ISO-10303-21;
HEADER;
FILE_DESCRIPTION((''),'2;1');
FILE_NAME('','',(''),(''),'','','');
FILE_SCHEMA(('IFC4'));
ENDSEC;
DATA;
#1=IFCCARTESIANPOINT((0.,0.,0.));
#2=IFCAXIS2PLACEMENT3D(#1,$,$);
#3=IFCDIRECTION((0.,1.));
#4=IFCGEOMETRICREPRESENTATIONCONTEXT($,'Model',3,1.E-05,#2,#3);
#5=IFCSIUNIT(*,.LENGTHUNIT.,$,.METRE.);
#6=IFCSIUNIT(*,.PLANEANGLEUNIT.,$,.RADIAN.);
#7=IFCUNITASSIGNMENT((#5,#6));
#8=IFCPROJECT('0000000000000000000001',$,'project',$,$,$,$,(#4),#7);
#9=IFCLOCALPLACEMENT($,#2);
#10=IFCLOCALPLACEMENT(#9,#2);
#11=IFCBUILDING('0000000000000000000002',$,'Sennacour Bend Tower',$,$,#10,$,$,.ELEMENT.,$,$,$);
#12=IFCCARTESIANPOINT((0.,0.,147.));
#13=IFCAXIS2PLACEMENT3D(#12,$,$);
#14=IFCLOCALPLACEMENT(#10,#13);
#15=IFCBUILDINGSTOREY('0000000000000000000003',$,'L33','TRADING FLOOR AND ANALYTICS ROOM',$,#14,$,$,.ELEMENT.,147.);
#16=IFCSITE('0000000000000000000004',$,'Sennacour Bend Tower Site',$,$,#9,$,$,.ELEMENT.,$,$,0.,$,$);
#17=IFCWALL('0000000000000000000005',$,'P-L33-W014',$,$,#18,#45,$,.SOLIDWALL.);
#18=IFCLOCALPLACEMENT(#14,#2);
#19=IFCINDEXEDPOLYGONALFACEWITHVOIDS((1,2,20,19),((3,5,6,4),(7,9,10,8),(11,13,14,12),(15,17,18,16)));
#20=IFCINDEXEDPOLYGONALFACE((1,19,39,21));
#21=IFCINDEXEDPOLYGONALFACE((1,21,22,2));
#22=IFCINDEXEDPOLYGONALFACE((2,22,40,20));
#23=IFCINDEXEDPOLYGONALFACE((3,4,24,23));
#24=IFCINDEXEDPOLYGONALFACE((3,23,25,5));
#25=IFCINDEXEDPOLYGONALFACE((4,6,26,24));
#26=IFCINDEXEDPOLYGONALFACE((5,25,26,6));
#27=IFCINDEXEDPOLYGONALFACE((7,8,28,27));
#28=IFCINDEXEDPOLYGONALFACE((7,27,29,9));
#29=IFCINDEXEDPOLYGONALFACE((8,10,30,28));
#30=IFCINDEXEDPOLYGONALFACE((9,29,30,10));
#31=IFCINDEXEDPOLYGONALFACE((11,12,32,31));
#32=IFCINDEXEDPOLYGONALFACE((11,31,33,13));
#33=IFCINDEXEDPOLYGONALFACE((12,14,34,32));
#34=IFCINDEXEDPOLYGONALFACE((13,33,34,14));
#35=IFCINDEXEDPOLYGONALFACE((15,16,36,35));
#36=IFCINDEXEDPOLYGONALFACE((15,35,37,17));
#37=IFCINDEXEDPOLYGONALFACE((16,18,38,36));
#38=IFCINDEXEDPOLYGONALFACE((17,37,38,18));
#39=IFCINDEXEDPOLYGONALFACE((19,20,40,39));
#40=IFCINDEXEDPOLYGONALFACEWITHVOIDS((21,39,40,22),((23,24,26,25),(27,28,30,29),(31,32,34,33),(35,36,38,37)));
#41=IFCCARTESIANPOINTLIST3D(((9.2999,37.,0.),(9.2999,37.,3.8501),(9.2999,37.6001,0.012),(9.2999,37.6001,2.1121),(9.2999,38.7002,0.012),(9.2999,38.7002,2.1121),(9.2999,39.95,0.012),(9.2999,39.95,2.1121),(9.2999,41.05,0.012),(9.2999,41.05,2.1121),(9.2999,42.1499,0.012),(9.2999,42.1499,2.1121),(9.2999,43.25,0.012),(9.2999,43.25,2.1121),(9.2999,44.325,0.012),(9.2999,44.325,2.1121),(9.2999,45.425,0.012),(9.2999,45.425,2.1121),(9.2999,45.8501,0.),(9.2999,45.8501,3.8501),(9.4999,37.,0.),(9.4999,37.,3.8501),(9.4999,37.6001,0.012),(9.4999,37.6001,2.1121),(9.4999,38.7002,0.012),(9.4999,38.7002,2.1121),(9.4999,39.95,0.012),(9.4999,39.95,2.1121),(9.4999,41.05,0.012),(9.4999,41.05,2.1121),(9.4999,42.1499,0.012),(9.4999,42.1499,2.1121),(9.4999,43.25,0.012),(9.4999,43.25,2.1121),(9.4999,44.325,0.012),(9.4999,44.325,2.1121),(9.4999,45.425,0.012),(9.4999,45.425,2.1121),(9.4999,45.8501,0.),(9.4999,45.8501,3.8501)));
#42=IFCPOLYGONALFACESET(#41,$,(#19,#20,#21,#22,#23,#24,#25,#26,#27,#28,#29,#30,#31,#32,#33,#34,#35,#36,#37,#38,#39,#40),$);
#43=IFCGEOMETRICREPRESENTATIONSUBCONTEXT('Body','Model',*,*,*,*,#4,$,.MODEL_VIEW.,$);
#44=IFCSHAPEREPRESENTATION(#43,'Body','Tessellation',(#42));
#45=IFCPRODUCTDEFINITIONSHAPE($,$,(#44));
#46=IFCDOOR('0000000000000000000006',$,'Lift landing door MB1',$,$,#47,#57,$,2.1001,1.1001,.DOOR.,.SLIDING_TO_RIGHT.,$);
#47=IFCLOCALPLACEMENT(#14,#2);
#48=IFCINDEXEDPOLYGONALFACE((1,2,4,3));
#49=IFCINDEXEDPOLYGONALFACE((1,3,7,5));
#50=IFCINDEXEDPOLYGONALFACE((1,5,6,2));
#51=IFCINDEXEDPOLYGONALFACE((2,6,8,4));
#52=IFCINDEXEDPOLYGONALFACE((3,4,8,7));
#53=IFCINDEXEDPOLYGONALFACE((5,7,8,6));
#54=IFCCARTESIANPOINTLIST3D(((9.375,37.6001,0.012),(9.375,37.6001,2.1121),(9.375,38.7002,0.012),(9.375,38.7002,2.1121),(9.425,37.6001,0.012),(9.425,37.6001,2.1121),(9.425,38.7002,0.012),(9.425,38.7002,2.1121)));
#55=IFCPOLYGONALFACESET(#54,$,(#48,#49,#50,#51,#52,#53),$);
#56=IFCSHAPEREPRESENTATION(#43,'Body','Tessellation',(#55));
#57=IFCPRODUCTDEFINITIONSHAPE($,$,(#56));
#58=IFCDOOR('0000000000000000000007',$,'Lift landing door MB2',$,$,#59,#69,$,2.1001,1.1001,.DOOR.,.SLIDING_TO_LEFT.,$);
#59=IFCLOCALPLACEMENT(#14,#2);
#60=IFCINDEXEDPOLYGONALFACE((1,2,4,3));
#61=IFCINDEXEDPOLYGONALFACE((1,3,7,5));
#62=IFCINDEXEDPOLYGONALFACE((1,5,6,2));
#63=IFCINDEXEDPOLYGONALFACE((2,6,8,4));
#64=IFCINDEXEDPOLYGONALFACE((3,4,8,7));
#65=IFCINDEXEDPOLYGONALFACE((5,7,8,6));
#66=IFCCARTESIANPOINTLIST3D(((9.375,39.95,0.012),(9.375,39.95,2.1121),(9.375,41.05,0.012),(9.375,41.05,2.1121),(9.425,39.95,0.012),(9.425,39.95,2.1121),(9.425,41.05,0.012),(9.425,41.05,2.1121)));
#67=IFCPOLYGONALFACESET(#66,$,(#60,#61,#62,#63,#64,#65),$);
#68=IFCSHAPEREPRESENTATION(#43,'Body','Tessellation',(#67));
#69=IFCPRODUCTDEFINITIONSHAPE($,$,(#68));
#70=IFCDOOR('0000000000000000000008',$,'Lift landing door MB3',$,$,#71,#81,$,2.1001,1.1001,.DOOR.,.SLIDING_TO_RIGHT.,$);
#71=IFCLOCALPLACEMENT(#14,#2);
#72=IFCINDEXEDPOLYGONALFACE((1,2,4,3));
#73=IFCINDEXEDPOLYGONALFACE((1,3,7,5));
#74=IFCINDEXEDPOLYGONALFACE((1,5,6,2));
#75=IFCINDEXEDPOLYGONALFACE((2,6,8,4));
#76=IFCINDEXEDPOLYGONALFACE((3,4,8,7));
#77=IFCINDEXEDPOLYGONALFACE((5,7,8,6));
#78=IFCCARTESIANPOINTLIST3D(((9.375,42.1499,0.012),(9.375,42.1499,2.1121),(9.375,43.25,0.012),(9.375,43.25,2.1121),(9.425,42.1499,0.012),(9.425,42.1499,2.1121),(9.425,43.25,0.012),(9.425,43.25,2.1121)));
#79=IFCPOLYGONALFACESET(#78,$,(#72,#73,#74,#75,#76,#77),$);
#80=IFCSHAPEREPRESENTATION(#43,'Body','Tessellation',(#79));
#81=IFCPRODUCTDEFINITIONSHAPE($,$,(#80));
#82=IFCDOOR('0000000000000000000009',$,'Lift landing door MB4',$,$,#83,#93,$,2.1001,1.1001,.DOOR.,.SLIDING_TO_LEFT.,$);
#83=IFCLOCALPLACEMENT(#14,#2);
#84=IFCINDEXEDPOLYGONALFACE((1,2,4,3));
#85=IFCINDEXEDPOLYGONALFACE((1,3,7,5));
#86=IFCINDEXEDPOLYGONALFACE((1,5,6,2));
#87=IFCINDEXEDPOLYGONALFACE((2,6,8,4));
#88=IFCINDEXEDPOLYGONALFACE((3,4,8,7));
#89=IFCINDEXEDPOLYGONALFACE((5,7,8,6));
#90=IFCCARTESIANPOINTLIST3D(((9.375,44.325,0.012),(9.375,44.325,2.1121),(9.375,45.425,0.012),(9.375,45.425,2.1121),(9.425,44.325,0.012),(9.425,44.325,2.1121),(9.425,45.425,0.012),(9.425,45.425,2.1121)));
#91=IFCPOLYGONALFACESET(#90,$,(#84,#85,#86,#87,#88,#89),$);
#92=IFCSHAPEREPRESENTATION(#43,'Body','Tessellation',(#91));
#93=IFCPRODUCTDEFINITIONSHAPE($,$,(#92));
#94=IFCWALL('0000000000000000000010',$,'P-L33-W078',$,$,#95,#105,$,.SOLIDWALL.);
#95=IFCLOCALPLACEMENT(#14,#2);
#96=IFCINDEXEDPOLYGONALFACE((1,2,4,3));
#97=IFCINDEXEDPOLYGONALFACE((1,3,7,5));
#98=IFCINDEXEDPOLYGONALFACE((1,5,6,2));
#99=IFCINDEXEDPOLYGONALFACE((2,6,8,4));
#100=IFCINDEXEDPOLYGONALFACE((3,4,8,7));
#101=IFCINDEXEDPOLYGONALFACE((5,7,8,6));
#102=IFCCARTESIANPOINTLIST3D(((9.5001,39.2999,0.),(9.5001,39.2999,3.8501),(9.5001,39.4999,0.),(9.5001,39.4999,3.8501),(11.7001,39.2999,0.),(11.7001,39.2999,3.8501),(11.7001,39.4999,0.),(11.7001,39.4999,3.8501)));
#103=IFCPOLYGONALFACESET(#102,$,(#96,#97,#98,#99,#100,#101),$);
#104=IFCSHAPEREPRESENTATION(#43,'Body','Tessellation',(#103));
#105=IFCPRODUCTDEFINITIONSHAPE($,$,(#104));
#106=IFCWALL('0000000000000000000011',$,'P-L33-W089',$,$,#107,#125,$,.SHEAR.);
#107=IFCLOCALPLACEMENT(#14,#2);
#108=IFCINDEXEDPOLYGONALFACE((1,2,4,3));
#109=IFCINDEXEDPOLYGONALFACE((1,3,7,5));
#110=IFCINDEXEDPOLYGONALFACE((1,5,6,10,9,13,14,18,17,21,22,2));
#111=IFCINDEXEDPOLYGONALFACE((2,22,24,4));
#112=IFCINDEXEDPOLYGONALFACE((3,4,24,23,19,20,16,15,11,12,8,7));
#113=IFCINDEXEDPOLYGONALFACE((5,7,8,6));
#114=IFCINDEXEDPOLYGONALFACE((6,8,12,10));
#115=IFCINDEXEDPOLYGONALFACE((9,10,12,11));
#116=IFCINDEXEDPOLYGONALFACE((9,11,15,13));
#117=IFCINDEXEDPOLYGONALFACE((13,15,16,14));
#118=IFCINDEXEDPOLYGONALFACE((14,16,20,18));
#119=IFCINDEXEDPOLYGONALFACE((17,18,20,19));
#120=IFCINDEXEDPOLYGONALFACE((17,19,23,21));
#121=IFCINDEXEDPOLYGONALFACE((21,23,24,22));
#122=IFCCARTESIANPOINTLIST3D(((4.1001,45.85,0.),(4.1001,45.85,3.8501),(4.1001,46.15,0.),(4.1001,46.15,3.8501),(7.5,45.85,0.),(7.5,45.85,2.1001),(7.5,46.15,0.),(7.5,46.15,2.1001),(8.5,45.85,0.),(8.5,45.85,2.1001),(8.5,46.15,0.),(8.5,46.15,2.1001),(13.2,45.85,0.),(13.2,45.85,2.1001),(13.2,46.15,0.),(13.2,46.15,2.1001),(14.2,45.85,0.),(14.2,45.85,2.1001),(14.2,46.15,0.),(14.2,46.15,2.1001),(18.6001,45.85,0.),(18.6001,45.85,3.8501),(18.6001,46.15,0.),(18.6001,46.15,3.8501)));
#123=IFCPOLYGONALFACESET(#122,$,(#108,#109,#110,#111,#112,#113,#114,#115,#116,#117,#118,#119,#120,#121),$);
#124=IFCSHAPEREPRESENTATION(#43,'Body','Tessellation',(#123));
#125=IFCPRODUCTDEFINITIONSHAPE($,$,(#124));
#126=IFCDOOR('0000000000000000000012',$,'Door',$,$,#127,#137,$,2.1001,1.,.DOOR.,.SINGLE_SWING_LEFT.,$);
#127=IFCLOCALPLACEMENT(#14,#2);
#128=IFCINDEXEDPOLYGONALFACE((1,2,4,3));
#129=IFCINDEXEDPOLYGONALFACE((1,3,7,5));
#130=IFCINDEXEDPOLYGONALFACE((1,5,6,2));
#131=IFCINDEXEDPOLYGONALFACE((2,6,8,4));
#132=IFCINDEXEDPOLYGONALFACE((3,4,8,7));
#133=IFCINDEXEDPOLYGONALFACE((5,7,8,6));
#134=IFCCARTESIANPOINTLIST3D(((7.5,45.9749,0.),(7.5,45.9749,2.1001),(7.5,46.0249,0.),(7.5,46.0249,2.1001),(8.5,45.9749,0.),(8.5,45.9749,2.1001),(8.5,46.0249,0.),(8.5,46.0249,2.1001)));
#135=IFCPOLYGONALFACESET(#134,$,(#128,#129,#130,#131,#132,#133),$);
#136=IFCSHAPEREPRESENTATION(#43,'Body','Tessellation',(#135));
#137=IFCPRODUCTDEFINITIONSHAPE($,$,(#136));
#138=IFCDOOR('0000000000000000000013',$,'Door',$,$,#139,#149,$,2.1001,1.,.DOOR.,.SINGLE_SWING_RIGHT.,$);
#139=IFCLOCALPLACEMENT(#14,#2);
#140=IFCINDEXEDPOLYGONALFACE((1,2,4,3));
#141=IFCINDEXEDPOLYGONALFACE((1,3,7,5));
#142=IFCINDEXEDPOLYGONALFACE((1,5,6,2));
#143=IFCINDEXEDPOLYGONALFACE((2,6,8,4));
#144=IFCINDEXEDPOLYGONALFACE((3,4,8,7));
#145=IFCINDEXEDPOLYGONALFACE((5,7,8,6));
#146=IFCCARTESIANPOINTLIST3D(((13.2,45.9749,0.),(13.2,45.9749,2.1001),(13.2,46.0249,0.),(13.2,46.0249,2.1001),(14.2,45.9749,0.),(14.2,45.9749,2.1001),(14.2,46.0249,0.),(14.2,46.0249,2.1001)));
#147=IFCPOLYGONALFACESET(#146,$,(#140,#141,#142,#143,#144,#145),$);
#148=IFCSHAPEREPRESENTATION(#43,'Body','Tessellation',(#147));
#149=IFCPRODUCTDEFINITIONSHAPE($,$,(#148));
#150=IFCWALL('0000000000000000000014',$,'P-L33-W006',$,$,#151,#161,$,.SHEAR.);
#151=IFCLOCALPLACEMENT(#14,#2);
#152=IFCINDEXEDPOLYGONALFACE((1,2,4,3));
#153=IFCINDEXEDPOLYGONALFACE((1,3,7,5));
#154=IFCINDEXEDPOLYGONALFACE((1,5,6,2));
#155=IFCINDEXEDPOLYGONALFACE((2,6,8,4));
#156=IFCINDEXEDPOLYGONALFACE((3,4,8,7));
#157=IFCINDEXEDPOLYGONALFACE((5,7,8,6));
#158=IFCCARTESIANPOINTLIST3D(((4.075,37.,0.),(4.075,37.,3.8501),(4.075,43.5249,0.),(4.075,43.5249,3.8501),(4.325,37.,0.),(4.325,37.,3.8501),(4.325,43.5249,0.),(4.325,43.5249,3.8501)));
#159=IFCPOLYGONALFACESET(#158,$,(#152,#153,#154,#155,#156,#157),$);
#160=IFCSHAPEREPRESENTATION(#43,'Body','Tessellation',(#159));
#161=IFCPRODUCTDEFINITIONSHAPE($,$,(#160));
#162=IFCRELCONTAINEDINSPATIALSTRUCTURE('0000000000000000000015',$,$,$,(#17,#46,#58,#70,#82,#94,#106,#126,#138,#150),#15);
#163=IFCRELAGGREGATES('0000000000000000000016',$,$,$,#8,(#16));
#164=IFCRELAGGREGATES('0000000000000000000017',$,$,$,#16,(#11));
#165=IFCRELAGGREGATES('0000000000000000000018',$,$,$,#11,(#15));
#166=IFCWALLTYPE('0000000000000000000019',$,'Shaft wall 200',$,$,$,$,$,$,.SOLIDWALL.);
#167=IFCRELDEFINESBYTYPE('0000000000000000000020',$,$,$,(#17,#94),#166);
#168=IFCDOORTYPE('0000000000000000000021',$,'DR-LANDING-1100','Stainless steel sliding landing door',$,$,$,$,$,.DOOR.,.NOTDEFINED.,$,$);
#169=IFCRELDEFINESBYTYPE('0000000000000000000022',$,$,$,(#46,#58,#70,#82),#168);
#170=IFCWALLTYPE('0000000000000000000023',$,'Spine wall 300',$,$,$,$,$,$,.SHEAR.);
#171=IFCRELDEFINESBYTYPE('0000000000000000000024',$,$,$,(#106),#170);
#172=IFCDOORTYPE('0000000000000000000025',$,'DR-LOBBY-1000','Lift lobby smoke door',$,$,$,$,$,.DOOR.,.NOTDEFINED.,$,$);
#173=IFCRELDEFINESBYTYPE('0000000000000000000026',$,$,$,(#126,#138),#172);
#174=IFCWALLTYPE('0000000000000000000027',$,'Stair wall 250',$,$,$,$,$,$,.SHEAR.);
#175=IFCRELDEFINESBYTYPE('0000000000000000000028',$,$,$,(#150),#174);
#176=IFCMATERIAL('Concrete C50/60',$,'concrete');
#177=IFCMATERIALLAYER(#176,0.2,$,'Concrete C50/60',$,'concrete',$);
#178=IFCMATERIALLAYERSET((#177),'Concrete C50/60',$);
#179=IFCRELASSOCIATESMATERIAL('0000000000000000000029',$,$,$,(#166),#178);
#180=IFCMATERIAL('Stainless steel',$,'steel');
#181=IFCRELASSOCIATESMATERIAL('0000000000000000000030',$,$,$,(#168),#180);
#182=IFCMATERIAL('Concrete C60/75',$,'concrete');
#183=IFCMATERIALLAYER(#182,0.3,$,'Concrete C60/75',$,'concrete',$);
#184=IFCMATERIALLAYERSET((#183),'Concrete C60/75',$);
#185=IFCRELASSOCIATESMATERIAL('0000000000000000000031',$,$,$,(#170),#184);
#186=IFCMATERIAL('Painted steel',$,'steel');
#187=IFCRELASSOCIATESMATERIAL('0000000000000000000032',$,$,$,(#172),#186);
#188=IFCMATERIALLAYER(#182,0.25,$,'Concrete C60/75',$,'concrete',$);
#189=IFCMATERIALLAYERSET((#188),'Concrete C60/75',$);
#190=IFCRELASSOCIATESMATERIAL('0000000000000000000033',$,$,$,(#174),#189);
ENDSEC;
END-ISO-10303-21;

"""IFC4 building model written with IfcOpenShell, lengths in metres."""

from ifc_helpers import new_model, si_unit, direction, frame, frame_2d, origin, place, context, subcontext, project, spatial, rectangle, extrude, material, layer, layer_set, type_object, element, fill, save


model = new_model("IFC4")

# Units and contexts
model_context = context("Model", 3, precision=1e-05, world=origin(), true_north=direction((0.0, 1.0)))
body_context = subcontext(model_context, "Body", "Model", "MODEL_VIEW")
ifc_project = project(units=[si_unit("LENGTHUNIT", "METRE"), si_unit("PLANEANGLEUNIT", "RADIAN")], contexts=[model_context])

# Site, building, storey
site_placement = place(None, origin())
site = spatial("IfcSite", under=ifc_project, at=site_placement, Name="Sennacour Bend Tower Site", CompositionType="ELEMENT", RefElevation=0.0)
building_placement = place(site_placement, origin())
building = spatial("IfcBuilding", under=site, at=building_placement, Name="Sennacour Bend Tower", CompositionType="ELEMENT")
storey_placement = place(building_placement, frame((0.0, 0.0, 147.0)))
storey = spatial("IfcBuildingStorey", under=building, at=storey_placement, Name="L33", Description="TRADING FLOOR AND ANALYTICS ROOM", CompositionType="ELEMENT", Elevation=147.0)

# Shared definitions
ifc_material_1 = material(Name="Painted steel", Category="steel")

# Wall, openings, doors
ifc_material_2 = material(Name="Concrete C50/60", Category="concrete")
ifc_layer_1 = layer(ifc_material_2, 0.2, Name="Concrete C50/60", Category="concrete")
ifc_layer_set_1 = layer_set([ifc_layer_1], Name="Concrete C50/60")
wall_type_1 = type_object("IfcWallType", Name="Shaft wall 200", PredefinedType="SOLIDWALL", material=ifc_layer_set_1)
wall_1_placement = place(storey_placement, frame((9.3999, 37.0, 0.0), z_axis=(0.0, 0.0, 1.0), x_axis=(0.0, 1.0, 0.0)))
wall_1 = element("IfcWall", 1, at=wall_1_placement, inside=storey, type_object=wall_type_1, Name="P-L33-W014", PredefinedType="SOLIDWALL", context=body_context, shape_type="SweptSolid", body=[
    extrude(rectangle(XDim=8.8501, YDim=0.2, at=frame_2d((4.425, 0.0))), origin(), (0.0, 0.0, 1.0), 3.8501),
])
opening_1_placement = place(wall_1_placement, frame((0.6001, 0.0, 0.012)))
opening_1 = element("IfcOpeningElement", 2, at=opening_1_placement, cuts=wall_1, PredefinedType="OPENING", context=body_context, shape_type="SweptSolid", body=[
    extrude(rectangle(XDim=1.1001, YDim=2.1001, at=frame_2d((0.55, 1.05))), frame((0.0, 0.1099, 0.0), z_axis=(0.0, -1.0, 0.0), x_axis=(1.0, 0.0, 0.0)), (0.0, 0.0, 1.0), 0.22),
])
opening_2_placement = place(wall_1_placement, frame((2.95, 0.0, 0.012)))
opening_2 = element("IfcOpeningElement", 3, at=opening_2_placement, cuts=wall_1, PredefinedType="OPENING", context=body_context, shape_type="SweptSolid", body=[
    extrude(rectangle(XDim=1.1001, YDim=2.1001, at=frame_2d((0.55, 1.05))), frame((0.0, 0.1099, 0.0), z_axis=(0.0, -1.0, 0.0), x_axis=(1.0, 0.0, 0.0)), (0.0, 0.0, 1.0), 0.22),
])
opening_3_placement = place(wall_1_placement, frame((5.1499, 0.0, 0.012)))
opening_3 = element("IfcOpeningElement", 4, at=opening_3_placement, cuts=wall_1, PredefinedType="OPENING", context=body_context, shape_type="SweptSolid", body=[
    extrude(rectangle(XDim=1.1001, YDim=2.1001, at=frame_2d((0.55, 1.05))), frame((0.0, 0.1099, 0.0), z_axis=(0.0, -1.0, 0.0), x_axis=(1.0, 0.0, 0.0)), (0.0, 0.0, 1.0), 0.22),
])
opening_4_placement = place(wall_1_placement, frame((7.325, 0.0, 0.012)))
opening_4 = element("IfcOpeningElement", 5, at=opening_4_placement, cuts=wall_1, PredefinedType="OPENING", context=body_context, shape_type="SweptSolid", body=[
    extrude(rectangle(XDim=1.1001, YDim=2.1001, at=frame_2d((0.55, 1.05))), frame((0.0, 0.1099, 0.0), z_axis=(0.0, -1.0, 0.0), x_axis=(1.0, 0.0, 0.0)), (0.0, 0.0, 1.0), 0.22),
])
ifc_material_3 = material(Name="Stainless steel", Category="steel")
door_type_1 = type_object("IfcDoorType", Name="DR-LANDING-1100", Description="Stainless steel sliding landing door", OperationType="NOTDEFINED", PredefinedType="DOOR", material=ifc_material_3)
door_1_placement = place(opening_1_placement, origin())
door_1 = element("IfcDoor", 6, at=door_1_placement, inside=storey, type_object=door_type_1, Name="Lift landing door MB1", OperationType="SLIDING_TO_RIGHT", OverallHeight=2.1001, OverallWidth=1.1001, PredefinedType="DOOR", context=body_context, shape_type="SweptSolid", body=[
    extrude(rectangle(XDim=1.1001, YDim=2.1001, at=frame_2d((0.55, 1.05))), frame((0.0, 0.0249, 0.0), z_axis=(0.0, -1.0, 0.0), x_axis=(1.0, 0.0, 0.0)), (0.0, 0.0, 1.0), 0.05),
])
fill(opening_1, door_1)
door_2_placement = place(opening_2_placement, origin())
door_2 = element("IfcDoor", 7, at=door_2_placement, inside=storey, type_object=door_type_1, Name="Lift landing door MB2", OperationType="SLIDING_TO_LEFT", OverallHeight=2.1001, OverallWidth=1.1001, PredefinedType="DOOR", context=body_context, shape_type="SweptSolid", body=[
    extrude(rectangle(XDim=1.1001, YDim=2.1001, at=frame_2d((0.55, 1.05))), frame((0.0, 0.0249, 0.0), z_axis=(0.0, -1.0, 0.0), x_axis=(1.0, 0.0, 0.0)), (0.0, 0.0, 1.0), 0.05),
])
fill(opening_2, door_2)
door_3_placement = place(opening_3_placement, origin())
door_3 = element("IfcDoor", 8, at=door_3_placement, inside=storey, type_object=door_type_1, Name="Lift landing door MB3", OperationType="SLIDING_TO_RIGHT", OverallHeight=2.1001, OverallWidth=1.1001, PredefinedType="DOOR", context=body_context, shape_type="SweptSolid", body=[
    extrude(rectangle(XDim=1.1001, YDim=2.1001, at=frame_2d((0.55, 1.05))), frame((0.0, 0.0249, 0.0), z_axis=(0.0, -1.0, 0.0), x_axis=(1.0, 0.0, 0.0)), (0.0, 0.0, 1.0), 0.05),
])
fill(opening_3, door_3)
door_4_placement = place(opening_4_placement, origin())
door_4 = element("IfcDoor", 9, at=door_4_placement, inside=storey, type_object=door_type_1, Name="Lift landing door MB4", OperationType="SLIDING_TO_LEFT", OverallHeight=2.1001, OverallWidth=1.1001, PredefinedType="DOOR", context=body_context, shape_type="SweptSolid", body=[
    extrude(rectangle(XDim=1.1001, YDim=2.1001, at=frame_2d((0.55, 1.05))), frame((0.0, 0.0249, 0.0), z_axis=(0.0, -1.0, 0.0), x_axis=(1.0, 0.0, 0.0)), (0.0, 0.0, 1.0), 0.05),
])
fill(opening_4, door_4)

# Wall
wall_2_placement = place(storey_placement, frame((9.5, 39.3999, 0.0), z_axis=(0.0, 0.0, 1.0), x_axis=(1.0, 0.0, 0.0)))
element("IfcWall", 10, at=wall_2_placement, inside=storey, type_object=wall_type_1, Name="P-L33-W078", PredefinedType="SOLIDWALL", context=body_context, shape_type="SweptSolid", body=[
    extrude(rectangle(XDim=2.2, YDim=0.2, at=frame_2d((1.1001, 0.0))), origin(), (0.0, 0.0, 1.0), 3.8501),
])

# Wall, openings, doors
ifc_material_4 = material(Name="Concrete C60/75", Category="concrete")
ifc_layer_2 = layer(ifc_material_4, 0.3, Name="Concrete C60/75", Category="concrete")
ifc_layer_set_2 = layer_set([ifc_layer_2], Name="Concrete C60/75")
wall_type_2 = type_object("IfcWallType", Name="Spine wall 300", PredefinedType="SHEAR", material=ifc_layer_set_2)
wall_3_placement = place(storey_placement, frame((4.1001, 46.0, 0.0), z_axis=(0.0, 0.0, 1.0), x_axis=(1.0, 0.0, 0.0)))
wall_3 = element("IfcWall", 11, at=wall_3_placement, inside=storey, type_object=wall_type_2, Name="P-L33-W089", PredefinedType="SHEAR", context=body_context, shape_type="SweptSolid", body=[
    extrude(rectangle(XDim=14.5, YDim=0.3, at=frame_2d((7.25, 0.0))), origin(), (0.0, 0.0, 1.0), 3.8501),
])
opening_5_placement = place(wall_3_placement, frame((3.3999, 0.0, 0.0)))
opening_5 = element("IfcOpeningElement", 12, at=opening_5_placement, cuts=wall_3, PredefinedType="OPENING", context=body_context, shape_type="SweptSolid", body=[
    extrude(rectangle(XDim=1.0, YDim=2.1001, at=frame_2d((0.5, 1.05))), frame((0.0, 0.1602, 0.0), z_axis=(0.0, -1.0, 0.0), x_axis=(1.0, 0.0, 0.0)), (0.0, 0.0, 1.0), 0.3201),
])
opening_6_placement = place(wall_3_placement, frame((9.0999, 0.0, 0.0)))
opening_6 = element("IfcOpeningElement", 13, at=opening_6_placement, cuts=wall_3, PredefinedType="OPENING", context=body_context, shape_type="SweptSolid", body=[
    extrude(rectangle(XDim=1.0, YDim=2.1001, at=frame_2d((0.5, 1.05))), frame((0.0, 0.1602, 0.0), z_axis=(0.0, -1.0, 0.0), x_axis=(1.0, 0.0, 0.0)), (0.0, 0.0, 1.0), 0.3201),
])
door_type_2 = type_object("IfcDoorType", Name="DR-LOBBY-1000", Description="Lift lobby smoke door", OperationType="NOTDEFINED", PredefinedType="DOOR", material=ifc_material_1)
door_5_placement = place(opening_5_placement, origin())
door_5 = element("IfcDoor", 14, at=door_5_placement, inside=storey, type_object=door_type_2, Name="Door", OperationType="SINGLE_SWING_LEFT", OverallHeight=2.1001, OverallWidth=1.0, PredefinedType="DOOR", context=body_context, shape_type="SweptSolid", body=[
    extrude(rectangle(XDim=1.0, YDim=2.1001, at=frame_2d((0.5, 1.05))), frame((0.0, 0.0249, 0.0), z_axis=(0.0, -1.0, 0.0), x_axis=(1.0, 0.0, 0.0)), (0.0, 0.0, 1.0), 0.05),
])
fill(opening_5, door_5)
door_6_placement = place(opening_6_placement, origin())
door_6 = element("IfcDoor", 15, at=door_6_placement, inside=storey, type_object=door_type_2, Name="Door", OperationType="SINGLE_SWING_RIGHT", OverallHeight=2.1001, OverallWidth=1.0, PredefinedType="DOOR", context=body_context, shape_type="SweptSolid", body=[
    extrude(rectangle(XDim=1.0, YDim=2.1001, at=frame_2d((0.5, 1.05))), frame((0.0, 0.0249, 0.0), z_axis=(0.0, -1.0, 0.0), x_axis=(1.0, 0.0, 0.0)), (0.0, 0.0, 1.0), 0.05),
])
fill(opening_6, door_6)

# Wall
ifc_layer_3 = layer(ifc_material_4, 0.25, Name="Concrete C60/75", Category="concrete")
ifc_layer_set_3 = layer_set([ifc_layer_3], Name="Concrete C60/75")
wall_type_3 = type_object("IfcWallType", Name="Stair wall 250", PredefinedType="SHEAR", material=ifc_layer_set_3)
wall_4_placement = place(storey_placement, frame((4.2, 37.0, 0.0), z_axis=(0.0, 0.0, 1.0), x_axis=(0.0, 1.0, 0.0)))
element("IfcWall", 16, at=wall_4_placement, inside=storey, type_object=wall_type_3, Name="P-L33-W006", PredefinedType="SHEAR", context=body_context, shape_type="SweptSolid", body=[
    extrude(rectangle(XDim=6.5249, YDim=0.25, at=frame_2d((3.2625, 0.0))), origin(), (0.0, 0.0, 1.0), 3.8501),
])

save(model, "model.ifc")
